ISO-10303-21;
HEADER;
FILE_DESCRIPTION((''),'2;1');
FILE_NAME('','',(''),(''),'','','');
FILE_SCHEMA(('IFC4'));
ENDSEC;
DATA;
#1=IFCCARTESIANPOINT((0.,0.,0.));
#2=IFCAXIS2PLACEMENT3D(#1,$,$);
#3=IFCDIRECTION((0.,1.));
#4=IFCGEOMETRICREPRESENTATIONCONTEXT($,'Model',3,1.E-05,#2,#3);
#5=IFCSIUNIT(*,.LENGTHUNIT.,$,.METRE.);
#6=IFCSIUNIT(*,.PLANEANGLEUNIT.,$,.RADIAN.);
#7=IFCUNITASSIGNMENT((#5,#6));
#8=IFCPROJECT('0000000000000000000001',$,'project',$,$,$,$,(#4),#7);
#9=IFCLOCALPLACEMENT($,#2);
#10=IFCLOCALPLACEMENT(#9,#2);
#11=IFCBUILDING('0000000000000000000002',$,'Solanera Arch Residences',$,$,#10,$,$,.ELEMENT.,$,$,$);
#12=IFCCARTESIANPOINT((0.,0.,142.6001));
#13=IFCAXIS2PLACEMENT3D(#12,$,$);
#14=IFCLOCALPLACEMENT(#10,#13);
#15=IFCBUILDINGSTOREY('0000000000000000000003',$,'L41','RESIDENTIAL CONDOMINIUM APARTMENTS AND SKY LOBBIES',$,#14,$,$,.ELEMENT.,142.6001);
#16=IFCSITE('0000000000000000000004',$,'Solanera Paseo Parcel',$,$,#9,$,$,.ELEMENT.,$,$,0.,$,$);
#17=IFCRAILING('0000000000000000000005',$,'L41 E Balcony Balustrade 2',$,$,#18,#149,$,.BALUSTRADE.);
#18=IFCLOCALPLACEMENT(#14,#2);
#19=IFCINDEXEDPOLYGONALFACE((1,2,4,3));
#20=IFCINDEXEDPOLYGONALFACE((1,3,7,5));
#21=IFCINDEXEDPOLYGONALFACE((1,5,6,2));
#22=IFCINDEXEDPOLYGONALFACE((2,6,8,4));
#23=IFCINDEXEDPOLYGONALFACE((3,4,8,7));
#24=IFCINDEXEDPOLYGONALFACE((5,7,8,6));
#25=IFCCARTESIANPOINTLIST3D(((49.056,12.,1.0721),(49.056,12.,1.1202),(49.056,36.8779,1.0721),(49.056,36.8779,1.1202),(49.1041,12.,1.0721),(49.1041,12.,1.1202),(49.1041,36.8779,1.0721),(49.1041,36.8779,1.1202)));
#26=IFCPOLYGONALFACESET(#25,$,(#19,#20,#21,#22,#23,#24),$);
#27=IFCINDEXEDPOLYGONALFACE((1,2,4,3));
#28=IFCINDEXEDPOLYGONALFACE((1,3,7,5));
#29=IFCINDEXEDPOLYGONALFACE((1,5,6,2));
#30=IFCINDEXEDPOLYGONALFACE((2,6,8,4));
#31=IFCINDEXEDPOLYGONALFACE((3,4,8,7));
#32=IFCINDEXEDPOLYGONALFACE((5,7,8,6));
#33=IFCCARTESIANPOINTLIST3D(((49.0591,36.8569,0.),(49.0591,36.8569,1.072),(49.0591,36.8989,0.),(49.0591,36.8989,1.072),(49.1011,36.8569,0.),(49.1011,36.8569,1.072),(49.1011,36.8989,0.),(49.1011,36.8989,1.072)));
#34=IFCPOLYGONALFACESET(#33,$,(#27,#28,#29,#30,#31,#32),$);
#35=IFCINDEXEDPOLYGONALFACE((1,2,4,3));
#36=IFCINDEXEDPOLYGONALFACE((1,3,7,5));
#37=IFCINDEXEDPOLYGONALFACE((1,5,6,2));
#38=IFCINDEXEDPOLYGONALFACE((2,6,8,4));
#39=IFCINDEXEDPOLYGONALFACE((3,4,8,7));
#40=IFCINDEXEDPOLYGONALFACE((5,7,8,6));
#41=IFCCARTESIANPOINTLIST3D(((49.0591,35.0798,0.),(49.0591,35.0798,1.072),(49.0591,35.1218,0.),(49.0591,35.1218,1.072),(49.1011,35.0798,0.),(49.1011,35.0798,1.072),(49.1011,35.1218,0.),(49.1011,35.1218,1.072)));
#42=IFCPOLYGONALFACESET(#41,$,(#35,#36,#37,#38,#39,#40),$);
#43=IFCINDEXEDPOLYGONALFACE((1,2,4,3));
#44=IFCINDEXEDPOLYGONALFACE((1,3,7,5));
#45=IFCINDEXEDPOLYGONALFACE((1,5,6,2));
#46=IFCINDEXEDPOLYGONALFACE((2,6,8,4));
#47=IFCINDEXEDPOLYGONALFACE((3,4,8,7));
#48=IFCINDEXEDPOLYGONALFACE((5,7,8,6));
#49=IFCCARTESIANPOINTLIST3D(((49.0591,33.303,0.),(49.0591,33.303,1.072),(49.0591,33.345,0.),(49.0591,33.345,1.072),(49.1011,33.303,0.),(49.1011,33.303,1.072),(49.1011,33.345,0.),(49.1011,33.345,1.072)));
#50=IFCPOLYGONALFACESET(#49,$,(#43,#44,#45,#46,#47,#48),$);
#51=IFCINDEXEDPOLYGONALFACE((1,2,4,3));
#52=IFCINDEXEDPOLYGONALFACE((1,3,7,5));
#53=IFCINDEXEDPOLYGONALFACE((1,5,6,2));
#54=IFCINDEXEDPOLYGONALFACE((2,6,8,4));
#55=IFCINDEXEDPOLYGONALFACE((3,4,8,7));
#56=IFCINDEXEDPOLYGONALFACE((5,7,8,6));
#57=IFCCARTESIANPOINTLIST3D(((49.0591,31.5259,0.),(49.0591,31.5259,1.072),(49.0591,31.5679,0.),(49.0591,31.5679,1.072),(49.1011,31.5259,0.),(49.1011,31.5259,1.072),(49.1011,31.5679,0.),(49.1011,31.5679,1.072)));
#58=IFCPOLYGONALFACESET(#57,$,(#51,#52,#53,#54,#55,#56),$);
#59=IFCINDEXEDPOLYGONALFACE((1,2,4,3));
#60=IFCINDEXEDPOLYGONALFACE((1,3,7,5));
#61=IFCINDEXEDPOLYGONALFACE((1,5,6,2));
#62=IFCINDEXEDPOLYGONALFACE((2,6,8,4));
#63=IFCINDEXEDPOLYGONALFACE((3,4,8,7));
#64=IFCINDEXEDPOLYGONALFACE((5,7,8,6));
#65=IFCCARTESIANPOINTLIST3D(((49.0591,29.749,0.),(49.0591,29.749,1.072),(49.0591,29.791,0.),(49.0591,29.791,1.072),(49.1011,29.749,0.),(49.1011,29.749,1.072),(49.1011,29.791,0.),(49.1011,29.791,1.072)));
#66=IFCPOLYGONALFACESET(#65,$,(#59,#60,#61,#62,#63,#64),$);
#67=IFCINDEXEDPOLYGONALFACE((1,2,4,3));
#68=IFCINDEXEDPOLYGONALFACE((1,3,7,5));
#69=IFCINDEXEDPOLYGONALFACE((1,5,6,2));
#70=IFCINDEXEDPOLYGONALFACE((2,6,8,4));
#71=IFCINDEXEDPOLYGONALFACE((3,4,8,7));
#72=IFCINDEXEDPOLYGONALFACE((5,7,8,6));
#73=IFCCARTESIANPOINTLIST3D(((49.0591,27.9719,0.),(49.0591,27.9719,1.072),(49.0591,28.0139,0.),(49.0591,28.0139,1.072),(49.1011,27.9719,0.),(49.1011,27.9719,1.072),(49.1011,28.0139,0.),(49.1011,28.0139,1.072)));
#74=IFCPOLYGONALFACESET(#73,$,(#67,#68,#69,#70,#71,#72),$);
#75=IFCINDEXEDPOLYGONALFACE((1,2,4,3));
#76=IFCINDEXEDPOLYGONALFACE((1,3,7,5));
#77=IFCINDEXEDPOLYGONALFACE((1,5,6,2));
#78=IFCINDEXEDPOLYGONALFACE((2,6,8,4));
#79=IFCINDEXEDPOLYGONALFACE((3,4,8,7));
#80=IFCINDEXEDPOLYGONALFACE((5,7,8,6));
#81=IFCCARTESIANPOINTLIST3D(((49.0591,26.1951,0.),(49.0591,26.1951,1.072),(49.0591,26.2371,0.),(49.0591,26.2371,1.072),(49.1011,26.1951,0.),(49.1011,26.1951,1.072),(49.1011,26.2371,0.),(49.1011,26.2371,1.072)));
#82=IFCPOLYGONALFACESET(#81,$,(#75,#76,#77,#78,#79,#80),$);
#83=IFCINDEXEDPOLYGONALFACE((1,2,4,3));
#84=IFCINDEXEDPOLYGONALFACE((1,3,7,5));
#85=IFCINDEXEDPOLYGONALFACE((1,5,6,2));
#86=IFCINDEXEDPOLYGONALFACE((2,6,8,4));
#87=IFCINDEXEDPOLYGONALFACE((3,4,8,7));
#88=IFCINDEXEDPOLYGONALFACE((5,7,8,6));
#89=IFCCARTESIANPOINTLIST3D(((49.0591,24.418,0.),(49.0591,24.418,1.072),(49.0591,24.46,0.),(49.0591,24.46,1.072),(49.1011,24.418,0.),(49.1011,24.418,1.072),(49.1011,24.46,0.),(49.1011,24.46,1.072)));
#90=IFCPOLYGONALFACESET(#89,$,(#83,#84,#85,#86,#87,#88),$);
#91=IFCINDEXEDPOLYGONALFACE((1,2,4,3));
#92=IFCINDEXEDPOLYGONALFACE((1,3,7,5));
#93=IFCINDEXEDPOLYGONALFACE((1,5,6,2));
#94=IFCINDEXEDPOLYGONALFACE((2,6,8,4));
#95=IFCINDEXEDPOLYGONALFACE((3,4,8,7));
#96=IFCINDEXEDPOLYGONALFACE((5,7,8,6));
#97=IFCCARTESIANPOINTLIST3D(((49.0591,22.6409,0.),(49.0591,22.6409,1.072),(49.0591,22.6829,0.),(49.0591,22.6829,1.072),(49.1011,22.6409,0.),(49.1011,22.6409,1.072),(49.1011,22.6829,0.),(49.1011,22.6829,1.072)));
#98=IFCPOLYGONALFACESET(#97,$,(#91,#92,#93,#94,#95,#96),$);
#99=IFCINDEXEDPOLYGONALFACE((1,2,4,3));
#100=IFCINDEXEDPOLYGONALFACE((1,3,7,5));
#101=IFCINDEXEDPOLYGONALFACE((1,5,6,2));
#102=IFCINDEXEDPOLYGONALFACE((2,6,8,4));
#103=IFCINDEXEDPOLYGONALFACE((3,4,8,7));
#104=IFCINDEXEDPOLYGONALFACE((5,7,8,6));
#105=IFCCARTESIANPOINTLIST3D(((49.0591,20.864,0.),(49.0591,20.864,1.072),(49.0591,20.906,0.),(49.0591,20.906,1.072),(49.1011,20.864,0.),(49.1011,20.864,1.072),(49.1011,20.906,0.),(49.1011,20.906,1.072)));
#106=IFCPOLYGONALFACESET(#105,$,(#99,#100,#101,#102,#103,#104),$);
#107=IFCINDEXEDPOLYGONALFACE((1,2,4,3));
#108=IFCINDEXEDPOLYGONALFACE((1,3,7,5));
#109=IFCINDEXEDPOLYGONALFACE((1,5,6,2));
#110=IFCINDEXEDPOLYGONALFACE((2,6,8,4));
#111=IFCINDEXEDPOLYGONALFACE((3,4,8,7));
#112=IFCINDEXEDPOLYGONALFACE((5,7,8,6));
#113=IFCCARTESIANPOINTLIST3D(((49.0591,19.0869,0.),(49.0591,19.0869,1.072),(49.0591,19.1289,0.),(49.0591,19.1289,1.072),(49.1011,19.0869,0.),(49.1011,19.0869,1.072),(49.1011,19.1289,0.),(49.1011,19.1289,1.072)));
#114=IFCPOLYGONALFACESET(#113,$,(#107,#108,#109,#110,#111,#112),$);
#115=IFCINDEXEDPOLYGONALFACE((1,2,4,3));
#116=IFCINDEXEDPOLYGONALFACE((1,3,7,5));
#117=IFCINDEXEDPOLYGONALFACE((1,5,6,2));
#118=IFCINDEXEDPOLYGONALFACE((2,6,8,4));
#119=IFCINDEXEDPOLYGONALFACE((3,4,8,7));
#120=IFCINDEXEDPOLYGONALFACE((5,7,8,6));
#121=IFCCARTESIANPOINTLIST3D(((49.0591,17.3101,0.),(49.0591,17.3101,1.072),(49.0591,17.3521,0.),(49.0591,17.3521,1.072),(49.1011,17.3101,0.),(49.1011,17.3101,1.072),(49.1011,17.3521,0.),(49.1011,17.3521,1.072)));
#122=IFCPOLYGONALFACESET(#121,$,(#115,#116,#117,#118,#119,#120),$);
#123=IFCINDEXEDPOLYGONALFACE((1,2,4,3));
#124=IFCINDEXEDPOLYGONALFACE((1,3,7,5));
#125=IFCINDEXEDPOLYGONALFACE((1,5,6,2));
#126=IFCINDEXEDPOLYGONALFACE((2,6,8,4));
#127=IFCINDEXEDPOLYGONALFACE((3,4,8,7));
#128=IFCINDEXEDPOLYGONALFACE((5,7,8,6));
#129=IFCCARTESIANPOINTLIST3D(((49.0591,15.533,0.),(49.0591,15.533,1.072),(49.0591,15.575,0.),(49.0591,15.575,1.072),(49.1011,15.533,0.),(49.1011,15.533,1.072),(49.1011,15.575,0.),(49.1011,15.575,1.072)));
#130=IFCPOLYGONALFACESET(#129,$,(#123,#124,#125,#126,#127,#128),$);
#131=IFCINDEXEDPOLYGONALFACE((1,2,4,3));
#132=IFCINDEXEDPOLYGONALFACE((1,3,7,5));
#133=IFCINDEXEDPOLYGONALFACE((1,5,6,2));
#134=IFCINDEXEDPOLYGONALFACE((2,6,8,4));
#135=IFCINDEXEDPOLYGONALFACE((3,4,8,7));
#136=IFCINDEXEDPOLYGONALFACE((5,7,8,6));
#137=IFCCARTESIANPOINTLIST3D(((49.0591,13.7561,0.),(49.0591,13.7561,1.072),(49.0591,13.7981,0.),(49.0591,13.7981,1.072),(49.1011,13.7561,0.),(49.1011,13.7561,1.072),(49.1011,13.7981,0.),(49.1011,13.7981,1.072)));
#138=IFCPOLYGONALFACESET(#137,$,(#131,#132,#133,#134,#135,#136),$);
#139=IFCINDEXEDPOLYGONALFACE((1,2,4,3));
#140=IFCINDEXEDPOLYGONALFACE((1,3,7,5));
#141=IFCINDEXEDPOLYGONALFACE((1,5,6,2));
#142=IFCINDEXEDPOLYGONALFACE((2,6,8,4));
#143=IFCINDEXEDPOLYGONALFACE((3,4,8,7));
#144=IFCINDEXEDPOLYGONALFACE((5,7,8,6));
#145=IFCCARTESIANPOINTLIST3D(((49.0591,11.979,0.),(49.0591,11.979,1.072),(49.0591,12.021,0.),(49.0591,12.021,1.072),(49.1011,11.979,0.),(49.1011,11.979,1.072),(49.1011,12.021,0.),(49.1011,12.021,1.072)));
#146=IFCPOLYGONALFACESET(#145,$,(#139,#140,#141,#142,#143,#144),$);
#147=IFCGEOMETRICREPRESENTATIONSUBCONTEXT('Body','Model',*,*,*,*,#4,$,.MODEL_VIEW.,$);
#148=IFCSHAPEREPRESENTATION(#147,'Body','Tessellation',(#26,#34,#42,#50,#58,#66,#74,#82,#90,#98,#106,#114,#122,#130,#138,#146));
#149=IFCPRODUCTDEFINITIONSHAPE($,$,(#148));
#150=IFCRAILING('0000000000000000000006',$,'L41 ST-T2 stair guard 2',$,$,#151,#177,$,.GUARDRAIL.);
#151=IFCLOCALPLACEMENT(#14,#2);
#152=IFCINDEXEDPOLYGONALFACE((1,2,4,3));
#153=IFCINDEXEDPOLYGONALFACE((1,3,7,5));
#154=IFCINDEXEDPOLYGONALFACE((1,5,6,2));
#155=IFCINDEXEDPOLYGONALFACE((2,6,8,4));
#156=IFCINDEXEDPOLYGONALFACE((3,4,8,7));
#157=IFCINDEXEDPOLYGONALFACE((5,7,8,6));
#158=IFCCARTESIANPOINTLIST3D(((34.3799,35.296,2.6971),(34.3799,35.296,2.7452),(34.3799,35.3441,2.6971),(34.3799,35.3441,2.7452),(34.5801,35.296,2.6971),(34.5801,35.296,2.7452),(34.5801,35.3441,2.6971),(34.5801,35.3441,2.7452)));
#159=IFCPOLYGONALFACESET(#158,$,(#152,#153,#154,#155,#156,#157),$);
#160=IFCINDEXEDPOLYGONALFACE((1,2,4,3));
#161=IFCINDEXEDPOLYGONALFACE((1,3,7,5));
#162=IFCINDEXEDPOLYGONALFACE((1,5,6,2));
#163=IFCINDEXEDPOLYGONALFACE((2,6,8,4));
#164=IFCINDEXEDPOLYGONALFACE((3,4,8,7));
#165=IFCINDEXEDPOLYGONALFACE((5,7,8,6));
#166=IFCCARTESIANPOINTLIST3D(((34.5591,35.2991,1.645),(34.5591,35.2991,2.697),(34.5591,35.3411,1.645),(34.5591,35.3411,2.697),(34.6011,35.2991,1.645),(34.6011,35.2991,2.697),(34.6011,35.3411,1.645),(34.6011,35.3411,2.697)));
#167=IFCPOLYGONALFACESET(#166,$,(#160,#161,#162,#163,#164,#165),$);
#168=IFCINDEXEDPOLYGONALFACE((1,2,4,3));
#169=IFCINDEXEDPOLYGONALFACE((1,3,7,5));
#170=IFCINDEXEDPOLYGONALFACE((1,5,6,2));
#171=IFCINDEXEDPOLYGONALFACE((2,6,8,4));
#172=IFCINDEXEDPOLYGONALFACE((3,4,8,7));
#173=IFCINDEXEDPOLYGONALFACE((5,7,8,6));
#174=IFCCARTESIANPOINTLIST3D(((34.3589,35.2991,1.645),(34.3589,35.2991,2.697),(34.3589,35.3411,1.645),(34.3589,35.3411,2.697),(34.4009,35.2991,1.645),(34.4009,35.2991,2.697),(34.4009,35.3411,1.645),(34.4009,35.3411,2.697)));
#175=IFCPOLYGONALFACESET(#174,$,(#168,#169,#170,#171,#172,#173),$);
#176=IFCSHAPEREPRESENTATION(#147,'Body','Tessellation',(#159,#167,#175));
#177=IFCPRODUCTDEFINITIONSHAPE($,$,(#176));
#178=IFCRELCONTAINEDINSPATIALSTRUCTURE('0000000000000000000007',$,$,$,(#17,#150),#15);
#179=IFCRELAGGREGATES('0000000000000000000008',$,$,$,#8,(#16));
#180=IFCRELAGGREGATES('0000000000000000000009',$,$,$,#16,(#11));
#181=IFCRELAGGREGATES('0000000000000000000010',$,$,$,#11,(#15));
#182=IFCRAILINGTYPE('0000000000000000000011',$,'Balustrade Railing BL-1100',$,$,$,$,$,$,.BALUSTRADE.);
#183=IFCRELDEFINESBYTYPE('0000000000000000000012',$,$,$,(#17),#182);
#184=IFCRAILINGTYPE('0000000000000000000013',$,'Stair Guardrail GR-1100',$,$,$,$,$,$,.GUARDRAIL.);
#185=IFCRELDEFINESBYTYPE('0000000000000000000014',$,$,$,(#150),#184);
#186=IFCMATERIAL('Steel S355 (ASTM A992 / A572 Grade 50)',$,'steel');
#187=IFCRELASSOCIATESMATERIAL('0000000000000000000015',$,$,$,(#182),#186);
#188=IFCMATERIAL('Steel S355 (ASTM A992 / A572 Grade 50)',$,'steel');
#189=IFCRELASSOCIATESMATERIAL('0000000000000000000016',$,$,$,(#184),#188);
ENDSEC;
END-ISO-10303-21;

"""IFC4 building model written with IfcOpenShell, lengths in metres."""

from ifc_helpers import new_model, si_unit, direction, frame, origin, origin_2d, place, context, subcontext, project, spatial, rectangle, extrude, material, type_object, element, save


model = new_model("IFC4")

# Units and contexts
model_context = context("Model", 3, precision=1e-05, world=origin(), true_north=direction((0.0, 1.0)))
body_context = subcontext(model_context, "Body", "Model", "MODEL_VIEW")
ifc_project = project(units=[si_unit("LENGTHUNIT", "METRE"), si_unit("PLANEANGLEUNIT", "RADIAN")], contexts=[model_context])

# Site, building, storey
site_placement = place(None, origin())
site = spatial("IfcSite", under=ifc_project, at=site_placement, Name="Solanera Paseo Parcel", CompositionType="ELEMENT", RefElevation=0.0)
building_placement = place(site_placement, origin())
building = spatial("IfcBuilding", under=site, at=building_placement, Name="Solanera Arch Residences", CompositionType="ELEMENT")
storey_placement = place(building_placement, frame((0.0, 0.0, 142.6001)))
storey = spatial("IfcBuildingStorey", under=building, at=storey_placement, Name="L41", Description="RESIDENTIAL CONDOMINIUM APARTMENTS AND SKY LOBBIES", CompositionType="ELEMENT", Elevation=142.6001)

# Railings
ifc_material_1 = material(Name="Steel S355 (ASTM A992 / A572 Grade 50)", Category="steel")
railing_type_1 = type_object("IfcRailingType", Name="Balustrade Railing BL-1100", PredefinedType="BALUSTRADE", material=ifc_material_1)
railing_1_placement = place(storey_placement, frame((49.0801, 36.8779, 0.0)))
element("IfcRailing", 1, at=railing_1_placement, inside=storey, type_object=railing_type_1, Name="L41 E Balcony Balustrade 2", PredefinedType="BALUSTRADE", context=body_context, shape_type="SweptSolid", body=[
    extrude(rectangle(XDim=0.0481, YDim=0.0481, at=origin_2d()), frame((0.0, 0.0, 1.0962), z_axis=(0.0, -1.0, 0.0), x_axis=(1.0, 0.0, 0.0)), (0.0, 0.0, 1.0), 24.8779),
    extrude(rectangle(XDim=0.042, YDim=0.042, at=origin_2d()), origin(), (0.0, 0.0, 1.0), 1.072),
    extrude(rectangle(XDim=0.042, YDim=0.042, at=origin_2d()), frame((0.0, -1.7771, 0.0)), (0.0, 0.0, 1.0), 1.072),
    extrude(rectangle(XDim=0.042, YDim=0.042, at=origin_2d()), frame((0.0, -3.554, 0.0)), (0.0, 0.0, 1.0), 1.072),
    extrude(rectangle(XDim=0.042, YDim=0.042, at=origin_2d()), frame((0.0, -5.3311, 0.0)), (0.0, 0.0, 1.0), 1.072),
    extrude(rectangle(XDim=0.042, YDim=0.042, at=origin_2d()), frame((0.0, -7.1079, 0.0)), (0.0, 0.0, 1.0), 1.072),
    extrude(rectangle(XDim=0.042, YDim=0.042, at=origin_2d()), frame((0.0, -8.885, 0.0)), (0.0, 0.0, 1.0), 1.072),
    extrude(rectangle(XDim=0.042, YDim=0.042, at=origin_2d()), frame((0.0, -10.6619, 0.0)), (0.0, 0.0, 1.0), 1.072),
    extrude(rectangle(XDim=0.042, YDim=0.042, at=origin_2d()), frame((0.0, -12.439, 0.0)), (0.0, 0.0, 1.0), 1.072),
    extrude(rectangle(XDim=0.042, YDim=0.042, at=origin_2d()), frame((0.0, -14.2161, 0.0)), (0.0, 0.0, 1.0), 1.072),
    extrude(rectangle(XDim=0.042, YDim=0.042, at=origin_2d()), frame((0.0, -15.9929, 0.0)), (0.0, 0.0, 1.0), 1.072),
    extrude(rectangle(XDim=0.042, YDim=0.042, at=origin_2d()), frame((0.0, -17.77, 0.0)), (0.0, 0.0, 1.0), 1.072),
    extrude(rectangle(XDim=0.042, YDim=0.042, at=origin_2d()), frame((0.0, -19.5469, 0.0)), (0.0, 0.0, 1.0), 1.072),
    extrude(rectangle(XDim=0.042, YDim=0.042, at=origin_2d()), frame((0.0, -21.324, 0.0)), (0.0, 0.0, 1.0), 1.072),
    extrude(rectangle(XDim=0.042, YDim=0.042, at=origin_2d()), frame((0.0, -23.1008, 0.0)), (0.0, 0.0, 1.0), 1.072),
    extrude(rectangle(XDim=0.042, YDim=0.042, at=origin_2d()), frame((0.0, -24.8779, 0.0)), (0.0, 0.0, 1.0), 1.072),
])
ifc_material_2 = material(Name="Steel S355 (ASTM A992 / A572 Grade 50)", Category="steel")
railing_type_2 = type_object("IfcRailingType", Name="Stair Guardrail GR-1100", PredefinedType="GUARDRAIL", material=ifc_material_2)
railing_2_placement = place(storey_placement, frame((34.5801, 35.3201, 1.645)))
element("IfcRailing", 2, at=railing_2_placement, inside=storey, type_object=railing_type_2, Name="L41 ST-T2 stair guard 2", PredefinedType="GUARDRAIL", context=body_context, shape_type="SweptSolid", body=[
    extrude(rectangle(XDim=0.0481, YDim=0.0481, at=origin_2d()), frame((0.0, 0.0, 1.0762), z_axis=(-1.0, 0.0, 0.0), x_axis=(0.0, -1.0, 0.0)), (0.0, 0.0, 1.0), 0.2002),
    extrude(rectangle(XDim=0.042, YDim=0.042, at=origin_2d()), origin(), (0.0, 0.0, 1.0), 1.052),
    extrude(rectangle(XDim=0.042, YDim=0.042, at=origin_2d()), frame((-0.2002, 0.0, 0.0)), (0.0, 0.0, 1.0), 1.052),
])

save(model, "model.ifc")
